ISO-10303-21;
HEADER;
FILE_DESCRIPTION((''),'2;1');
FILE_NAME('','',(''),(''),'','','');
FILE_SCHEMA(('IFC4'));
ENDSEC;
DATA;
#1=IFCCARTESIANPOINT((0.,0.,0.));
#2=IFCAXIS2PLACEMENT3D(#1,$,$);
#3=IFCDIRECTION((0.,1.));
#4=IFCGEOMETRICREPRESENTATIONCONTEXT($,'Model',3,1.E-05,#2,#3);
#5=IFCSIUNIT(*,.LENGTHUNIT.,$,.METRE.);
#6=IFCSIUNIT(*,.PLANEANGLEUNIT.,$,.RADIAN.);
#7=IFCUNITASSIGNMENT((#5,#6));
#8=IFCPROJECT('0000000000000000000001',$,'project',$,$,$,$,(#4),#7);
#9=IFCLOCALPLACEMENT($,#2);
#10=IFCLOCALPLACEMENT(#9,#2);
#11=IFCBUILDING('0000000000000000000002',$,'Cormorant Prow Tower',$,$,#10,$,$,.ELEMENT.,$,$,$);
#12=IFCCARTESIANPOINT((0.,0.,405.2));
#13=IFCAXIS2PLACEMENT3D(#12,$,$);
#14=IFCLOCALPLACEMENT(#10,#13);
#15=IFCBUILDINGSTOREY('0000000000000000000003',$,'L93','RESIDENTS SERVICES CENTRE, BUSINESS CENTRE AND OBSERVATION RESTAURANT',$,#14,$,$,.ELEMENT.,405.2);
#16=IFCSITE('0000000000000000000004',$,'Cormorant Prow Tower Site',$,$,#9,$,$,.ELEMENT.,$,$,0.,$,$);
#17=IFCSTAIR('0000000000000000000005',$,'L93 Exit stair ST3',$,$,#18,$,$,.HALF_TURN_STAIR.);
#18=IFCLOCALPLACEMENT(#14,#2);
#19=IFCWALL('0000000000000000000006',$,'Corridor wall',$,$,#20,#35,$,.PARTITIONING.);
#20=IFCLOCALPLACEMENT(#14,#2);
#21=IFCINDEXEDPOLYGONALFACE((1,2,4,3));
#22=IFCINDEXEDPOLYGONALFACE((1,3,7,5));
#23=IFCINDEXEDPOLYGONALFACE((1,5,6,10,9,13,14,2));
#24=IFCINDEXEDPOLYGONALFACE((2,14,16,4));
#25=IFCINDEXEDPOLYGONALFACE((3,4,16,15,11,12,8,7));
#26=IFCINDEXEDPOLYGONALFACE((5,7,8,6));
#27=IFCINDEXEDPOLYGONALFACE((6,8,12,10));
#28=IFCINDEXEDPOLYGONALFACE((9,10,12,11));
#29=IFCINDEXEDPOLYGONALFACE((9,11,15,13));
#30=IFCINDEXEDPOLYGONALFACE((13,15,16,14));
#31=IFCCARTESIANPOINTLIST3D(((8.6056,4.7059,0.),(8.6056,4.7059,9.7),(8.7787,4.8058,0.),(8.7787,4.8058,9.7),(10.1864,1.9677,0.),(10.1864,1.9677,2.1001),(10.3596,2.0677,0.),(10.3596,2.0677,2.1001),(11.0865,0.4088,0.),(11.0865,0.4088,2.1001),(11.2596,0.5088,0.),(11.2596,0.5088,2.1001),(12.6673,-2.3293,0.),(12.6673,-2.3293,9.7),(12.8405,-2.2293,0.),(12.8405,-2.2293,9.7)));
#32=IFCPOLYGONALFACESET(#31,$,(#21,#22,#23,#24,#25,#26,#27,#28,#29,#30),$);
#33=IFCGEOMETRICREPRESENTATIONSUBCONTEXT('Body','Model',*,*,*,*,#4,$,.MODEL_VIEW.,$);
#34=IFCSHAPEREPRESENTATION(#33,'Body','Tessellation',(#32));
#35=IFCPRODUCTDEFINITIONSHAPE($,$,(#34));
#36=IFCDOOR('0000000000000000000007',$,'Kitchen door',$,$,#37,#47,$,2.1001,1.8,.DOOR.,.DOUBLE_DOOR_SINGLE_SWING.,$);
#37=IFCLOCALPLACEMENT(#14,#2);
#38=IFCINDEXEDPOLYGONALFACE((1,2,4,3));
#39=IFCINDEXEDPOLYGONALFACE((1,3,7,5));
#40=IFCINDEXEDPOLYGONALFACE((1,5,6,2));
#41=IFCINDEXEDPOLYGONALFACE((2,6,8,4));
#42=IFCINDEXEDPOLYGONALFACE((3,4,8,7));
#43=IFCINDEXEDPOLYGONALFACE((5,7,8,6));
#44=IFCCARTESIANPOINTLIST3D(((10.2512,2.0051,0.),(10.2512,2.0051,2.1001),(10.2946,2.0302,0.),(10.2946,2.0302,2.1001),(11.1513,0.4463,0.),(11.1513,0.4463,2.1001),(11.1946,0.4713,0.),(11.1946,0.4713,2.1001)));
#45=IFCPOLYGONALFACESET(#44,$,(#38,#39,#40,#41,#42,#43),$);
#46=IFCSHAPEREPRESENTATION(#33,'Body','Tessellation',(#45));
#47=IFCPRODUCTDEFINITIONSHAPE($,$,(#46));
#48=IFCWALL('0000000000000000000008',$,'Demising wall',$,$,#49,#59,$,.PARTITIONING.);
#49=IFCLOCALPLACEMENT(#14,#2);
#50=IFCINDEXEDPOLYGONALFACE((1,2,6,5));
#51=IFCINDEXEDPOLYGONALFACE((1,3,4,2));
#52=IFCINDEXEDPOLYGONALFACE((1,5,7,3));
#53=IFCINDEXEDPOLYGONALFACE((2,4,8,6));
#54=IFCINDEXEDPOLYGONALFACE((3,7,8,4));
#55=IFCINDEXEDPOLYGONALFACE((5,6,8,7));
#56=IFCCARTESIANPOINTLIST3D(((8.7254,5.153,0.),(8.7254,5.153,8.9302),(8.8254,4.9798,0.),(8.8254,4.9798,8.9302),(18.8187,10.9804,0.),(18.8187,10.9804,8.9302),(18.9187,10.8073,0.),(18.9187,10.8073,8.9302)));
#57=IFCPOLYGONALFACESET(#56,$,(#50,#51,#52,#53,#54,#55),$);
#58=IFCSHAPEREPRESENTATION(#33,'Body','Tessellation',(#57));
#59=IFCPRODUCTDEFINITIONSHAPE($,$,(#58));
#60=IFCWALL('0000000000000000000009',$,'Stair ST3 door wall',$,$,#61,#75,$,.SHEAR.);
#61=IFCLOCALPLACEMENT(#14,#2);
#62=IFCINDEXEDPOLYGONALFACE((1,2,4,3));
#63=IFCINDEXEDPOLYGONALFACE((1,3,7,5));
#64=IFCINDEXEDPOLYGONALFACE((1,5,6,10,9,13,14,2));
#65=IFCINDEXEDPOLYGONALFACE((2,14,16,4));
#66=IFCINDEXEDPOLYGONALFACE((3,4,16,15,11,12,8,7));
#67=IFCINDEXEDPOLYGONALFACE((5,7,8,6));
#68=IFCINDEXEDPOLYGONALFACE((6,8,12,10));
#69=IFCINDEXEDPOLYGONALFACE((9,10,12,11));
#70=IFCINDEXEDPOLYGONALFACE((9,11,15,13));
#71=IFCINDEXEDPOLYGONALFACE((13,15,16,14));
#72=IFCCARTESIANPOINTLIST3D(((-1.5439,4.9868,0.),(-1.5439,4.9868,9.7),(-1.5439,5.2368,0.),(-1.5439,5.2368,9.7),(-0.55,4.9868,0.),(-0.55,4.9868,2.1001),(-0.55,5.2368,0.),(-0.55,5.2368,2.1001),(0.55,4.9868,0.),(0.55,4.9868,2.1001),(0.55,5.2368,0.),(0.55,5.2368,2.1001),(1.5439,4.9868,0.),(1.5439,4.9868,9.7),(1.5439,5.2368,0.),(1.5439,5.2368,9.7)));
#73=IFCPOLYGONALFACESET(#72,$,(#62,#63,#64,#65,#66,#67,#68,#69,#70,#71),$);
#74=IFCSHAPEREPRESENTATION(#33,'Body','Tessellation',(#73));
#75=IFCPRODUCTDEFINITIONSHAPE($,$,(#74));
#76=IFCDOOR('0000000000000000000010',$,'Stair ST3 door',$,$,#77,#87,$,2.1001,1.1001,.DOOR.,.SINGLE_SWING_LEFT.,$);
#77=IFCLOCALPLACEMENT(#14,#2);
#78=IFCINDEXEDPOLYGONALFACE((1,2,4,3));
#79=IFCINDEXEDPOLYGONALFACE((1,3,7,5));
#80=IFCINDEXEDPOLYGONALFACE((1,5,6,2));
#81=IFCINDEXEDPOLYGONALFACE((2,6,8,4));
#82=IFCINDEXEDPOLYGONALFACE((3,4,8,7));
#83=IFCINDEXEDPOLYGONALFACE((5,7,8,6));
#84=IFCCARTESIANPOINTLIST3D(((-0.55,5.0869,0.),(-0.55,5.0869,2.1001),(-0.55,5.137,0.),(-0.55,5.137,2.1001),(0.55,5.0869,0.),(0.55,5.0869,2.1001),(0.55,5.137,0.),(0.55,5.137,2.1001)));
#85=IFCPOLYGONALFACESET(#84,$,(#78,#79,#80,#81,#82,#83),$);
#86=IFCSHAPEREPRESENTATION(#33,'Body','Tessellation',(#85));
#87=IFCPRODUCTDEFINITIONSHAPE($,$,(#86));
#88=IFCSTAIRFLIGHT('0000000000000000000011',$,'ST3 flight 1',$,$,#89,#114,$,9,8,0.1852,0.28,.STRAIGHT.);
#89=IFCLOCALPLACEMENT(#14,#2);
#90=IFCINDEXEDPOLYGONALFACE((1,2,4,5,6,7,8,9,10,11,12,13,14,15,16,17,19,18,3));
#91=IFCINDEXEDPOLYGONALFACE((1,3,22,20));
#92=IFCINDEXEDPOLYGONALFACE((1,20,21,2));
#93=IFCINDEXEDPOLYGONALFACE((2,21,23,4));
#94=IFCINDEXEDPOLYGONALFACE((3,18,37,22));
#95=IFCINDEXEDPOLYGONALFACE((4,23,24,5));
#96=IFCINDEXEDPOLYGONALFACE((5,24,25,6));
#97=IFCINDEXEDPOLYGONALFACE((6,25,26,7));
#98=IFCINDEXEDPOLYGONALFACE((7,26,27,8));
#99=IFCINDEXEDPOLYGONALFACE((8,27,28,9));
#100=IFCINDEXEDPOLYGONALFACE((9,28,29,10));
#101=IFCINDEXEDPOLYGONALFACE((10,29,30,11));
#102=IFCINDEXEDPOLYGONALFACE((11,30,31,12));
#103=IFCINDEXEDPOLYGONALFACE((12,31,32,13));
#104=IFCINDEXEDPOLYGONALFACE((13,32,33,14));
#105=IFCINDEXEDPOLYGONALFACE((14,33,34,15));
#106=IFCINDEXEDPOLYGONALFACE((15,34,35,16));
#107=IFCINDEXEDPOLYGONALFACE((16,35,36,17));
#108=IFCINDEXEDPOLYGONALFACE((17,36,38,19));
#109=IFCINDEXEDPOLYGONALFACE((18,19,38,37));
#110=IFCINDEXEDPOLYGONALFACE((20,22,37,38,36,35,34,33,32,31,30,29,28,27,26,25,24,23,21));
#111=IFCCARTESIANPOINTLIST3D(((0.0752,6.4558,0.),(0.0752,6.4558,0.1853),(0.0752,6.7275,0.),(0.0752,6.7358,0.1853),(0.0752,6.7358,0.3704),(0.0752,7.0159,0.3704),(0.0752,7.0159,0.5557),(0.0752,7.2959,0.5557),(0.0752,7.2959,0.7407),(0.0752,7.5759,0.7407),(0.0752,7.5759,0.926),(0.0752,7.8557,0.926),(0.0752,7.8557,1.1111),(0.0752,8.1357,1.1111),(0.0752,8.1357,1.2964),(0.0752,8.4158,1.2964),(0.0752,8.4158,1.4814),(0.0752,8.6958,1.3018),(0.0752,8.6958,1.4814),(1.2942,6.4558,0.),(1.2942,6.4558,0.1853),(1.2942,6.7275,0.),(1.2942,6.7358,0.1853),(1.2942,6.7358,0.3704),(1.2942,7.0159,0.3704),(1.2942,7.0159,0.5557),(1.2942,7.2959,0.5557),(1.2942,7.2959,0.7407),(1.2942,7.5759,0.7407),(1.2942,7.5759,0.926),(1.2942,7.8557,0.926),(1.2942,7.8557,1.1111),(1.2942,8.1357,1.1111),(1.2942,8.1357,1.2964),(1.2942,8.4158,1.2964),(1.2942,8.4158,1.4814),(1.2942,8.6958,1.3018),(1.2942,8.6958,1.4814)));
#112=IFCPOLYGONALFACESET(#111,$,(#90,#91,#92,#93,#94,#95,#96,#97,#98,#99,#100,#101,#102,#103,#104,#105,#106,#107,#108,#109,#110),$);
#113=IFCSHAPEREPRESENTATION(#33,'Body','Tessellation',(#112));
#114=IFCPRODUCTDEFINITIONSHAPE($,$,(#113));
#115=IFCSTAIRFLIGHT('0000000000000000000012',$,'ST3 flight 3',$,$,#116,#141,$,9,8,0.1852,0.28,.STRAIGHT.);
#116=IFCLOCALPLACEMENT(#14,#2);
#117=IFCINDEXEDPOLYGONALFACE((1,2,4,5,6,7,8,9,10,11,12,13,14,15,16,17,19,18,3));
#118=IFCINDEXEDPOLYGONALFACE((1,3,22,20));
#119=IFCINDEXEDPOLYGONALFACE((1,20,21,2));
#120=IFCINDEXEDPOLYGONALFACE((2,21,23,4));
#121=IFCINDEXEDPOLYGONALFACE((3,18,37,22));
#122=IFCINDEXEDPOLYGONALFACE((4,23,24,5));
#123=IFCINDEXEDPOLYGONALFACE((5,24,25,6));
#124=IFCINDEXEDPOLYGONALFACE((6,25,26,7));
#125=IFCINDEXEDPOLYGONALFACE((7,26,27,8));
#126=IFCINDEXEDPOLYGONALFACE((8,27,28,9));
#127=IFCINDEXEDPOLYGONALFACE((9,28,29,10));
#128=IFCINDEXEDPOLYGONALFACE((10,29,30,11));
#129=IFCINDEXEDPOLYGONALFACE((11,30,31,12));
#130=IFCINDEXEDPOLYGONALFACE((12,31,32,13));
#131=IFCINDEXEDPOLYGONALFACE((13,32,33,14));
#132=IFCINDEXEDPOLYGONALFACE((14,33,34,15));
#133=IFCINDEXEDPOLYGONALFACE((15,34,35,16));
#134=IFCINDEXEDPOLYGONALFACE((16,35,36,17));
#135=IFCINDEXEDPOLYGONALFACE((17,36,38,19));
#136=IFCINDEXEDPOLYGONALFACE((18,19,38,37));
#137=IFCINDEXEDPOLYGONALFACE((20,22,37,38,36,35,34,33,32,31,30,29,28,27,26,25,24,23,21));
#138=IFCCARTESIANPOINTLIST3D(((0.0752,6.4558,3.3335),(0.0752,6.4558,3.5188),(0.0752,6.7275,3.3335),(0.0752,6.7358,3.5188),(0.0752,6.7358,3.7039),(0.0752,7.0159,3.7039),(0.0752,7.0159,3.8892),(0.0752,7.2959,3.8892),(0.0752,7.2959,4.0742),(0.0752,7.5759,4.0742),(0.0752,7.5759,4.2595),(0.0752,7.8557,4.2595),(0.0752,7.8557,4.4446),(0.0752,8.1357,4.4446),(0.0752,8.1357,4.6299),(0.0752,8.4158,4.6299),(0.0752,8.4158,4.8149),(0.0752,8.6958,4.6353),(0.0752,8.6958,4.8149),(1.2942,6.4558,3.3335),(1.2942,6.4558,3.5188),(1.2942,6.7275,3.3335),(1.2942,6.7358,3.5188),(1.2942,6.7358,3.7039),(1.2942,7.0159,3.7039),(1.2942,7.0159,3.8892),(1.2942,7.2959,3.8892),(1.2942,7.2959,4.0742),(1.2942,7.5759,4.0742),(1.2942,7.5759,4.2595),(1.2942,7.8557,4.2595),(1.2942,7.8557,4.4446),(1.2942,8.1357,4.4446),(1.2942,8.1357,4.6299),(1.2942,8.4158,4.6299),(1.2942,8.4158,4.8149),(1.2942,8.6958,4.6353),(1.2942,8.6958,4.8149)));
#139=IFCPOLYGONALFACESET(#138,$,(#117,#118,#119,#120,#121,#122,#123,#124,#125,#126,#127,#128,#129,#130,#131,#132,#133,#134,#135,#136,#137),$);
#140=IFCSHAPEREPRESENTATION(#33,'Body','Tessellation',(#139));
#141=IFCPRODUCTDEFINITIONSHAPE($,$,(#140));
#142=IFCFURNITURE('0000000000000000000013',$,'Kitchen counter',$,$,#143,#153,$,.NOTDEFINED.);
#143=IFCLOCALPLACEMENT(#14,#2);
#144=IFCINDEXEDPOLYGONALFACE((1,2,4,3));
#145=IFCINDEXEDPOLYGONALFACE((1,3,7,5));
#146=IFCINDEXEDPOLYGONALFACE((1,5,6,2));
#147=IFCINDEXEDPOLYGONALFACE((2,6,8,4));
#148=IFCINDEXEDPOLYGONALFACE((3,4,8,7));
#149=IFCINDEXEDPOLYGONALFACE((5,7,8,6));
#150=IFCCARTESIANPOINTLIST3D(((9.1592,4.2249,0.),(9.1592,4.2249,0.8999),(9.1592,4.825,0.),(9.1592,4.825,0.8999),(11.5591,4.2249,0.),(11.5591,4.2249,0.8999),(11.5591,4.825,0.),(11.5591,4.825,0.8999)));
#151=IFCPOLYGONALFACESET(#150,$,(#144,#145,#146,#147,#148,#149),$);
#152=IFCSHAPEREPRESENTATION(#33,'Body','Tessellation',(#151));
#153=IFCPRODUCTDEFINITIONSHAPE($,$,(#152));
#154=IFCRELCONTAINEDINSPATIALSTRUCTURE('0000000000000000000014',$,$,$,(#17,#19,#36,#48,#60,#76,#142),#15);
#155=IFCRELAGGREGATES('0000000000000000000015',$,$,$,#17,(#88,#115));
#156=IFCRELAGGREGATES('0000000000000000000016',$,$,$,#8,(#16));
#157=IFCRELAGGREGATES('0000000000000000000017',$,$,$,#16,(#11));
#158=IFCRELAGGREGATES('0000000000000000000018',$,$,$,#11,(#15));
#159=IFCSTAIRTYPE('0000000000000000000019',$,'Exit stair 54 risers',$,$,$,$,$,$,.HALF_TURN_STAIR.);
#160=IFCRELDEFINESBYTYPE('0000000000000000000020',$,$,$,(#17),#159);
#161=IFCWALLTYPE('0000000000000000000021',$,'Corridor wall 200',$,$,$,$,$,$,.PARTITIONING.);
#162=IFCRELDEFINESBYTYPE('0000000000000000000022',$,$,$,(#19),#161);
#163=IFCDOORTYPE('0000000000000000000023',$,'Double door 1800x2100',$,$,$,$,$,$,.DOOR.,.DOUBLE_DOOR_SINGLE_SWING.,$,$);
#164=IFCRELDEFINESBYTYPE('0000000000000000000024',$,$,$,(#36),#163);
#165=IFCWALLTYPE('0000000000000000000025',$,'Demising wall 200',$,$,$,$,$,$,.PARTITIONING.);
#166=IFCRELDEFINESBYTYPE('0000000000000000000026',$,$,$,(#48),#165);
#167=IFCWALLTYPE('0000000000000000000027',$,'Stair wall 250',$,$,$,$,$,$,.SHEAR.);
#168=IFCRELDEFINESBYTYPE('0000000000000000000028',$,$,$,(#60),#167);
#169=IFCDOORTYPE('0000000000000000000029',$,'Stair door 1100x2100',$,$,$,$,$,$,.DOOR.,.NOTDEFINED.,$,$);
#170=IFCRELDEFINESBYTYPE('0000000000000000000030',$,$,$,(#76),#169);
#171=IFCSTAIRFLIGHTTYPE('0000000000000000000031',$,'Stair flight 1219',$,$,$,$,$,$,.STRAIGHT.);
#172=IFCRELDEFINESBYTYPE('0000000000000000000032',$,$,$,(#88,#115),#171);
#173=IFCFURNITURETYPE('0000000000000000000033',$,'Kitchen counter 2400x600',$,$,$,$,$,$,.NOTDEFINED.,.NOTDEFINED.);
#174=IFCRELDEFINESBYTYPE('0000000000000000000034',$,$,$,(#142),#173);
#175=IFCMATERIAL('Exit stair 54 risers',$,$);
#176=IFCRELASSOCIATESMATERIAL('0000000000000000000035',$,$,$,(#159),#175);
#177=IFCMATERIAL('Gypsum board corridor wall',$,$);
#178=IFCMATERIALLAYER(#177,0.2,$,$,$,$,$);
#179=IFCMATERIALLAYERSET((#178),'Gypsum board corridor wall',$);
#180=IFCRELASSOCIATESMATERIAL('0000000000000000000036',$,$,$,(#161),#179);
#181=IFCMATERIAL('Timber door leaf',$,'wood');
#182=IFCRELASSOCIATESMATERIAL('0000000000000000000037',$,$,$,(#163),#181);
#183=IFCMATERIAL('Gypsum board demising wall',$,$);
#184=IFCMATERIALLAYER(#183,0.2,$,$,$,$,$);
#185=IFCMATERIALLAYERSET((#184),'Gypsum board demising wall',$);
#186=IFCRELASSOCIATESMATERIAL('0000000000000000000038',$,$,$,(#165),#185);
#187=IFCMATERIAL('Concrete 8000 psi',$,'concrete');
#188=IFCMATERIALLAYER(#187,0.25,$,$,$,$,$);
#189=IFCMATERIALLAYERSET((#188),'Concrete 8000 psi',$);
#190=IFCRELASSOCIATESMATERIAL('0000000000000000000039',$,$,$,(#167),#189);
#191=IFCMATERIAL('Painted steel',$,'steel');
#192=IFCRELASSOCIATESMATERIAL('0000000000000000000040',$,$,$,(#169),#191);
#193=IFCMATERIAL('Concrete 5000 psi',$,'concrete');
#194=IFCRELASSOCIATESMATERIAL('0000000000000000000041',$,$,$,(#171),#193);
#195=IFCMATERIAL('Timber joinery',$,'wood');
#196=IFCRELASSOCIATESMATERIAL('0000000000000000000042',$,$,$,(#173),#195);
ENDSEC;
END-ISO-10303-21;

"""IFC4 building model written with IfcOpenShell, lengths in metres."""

from ifc_helpers import new_model, si_unit, direction, frame, frame_2d, origin, origin_2d, place, context, subcontext, project, spatial, polyline, rectangle, outline, extrude, material, layer, layer_set, type_object, element, fill, aggregate, save


model = new_model("IFC4")

# Units and contexts
model_context = context("Model", 3, precision=1e-05, world=origin(), true_north=direction((0.0, 1.0)))
body_context = subcontext(model_context, "Body", "Model", "MODEL_VIEW")
ifc_project = project(units=[si_unit("LENGTHUNIT", "METRE"), si_unit("PLANEANGLEUNIT", "RADIAN")], contexts=[model_context])

# Site, building, storey
site_placement = place(None, origin())
site = spatial("IfcSite", under=ifc_project, at=site_placement, Name="Cormorant Prow Tower Site", CompositionType="ELEMENT", RefElevation=0.0)
building_placement = place(site_placement, origin())
building = spatial("IfcBuilding", under=site, at=building_placement, Name="Cormorant Prow Tower", CompositionType="ELEMENT")
storey_placement = place(building_placement, frame((0.0, 0.0, 405.2)))
storey = spatial("IfcBuildingStorey", under=building, at=storey_placement, Name="L93", Description="RESIDENTS SERVICES CENTRE, BUSINESS CENTRE AND OBSERVATION RESTAURANT", CompositionType="ELEMENT", Elevation=405.2)

# Stair
ifc_material_1 = material(Name="Exit stair 54 risers")
stair_type = type_object("IfcStairType", Name="Exit stair 54 risers", PredefinedType="HALF_TURN_STAIR", material=ifc_material_1)
stair_1_placement = place(storey_placement, origin())
stair_1 = element("IfcStair", 1, at=stair_1_placement, inside=storey, type_object=stair_type, Name="L93 Exit stair ST3", PredefinedType="HALF_TURN_STAIR")

# Wall, opening, door
ifc_material_2 = material(Name="Gypsum board corridor wall")
ifc_layer_1 = layer(ifc_material_2, 0.2)
ifc_layer_set_1 = layer_set([ifc_layer_1], Name="Gypsum board corridor wall")
wall_type_1 = type_object("IfcWallType", Name="Corridor wall 200", PredefinedType="PARTITIONING", material=ifc_layer_set_1)
wall_1_placement = place(storey_placement, frame((8.6921, 4.7559, 0.0), z_axis=(0.0, 0.0, 1.0), x_axis=(0.500002, -0.866024, 0.0)))
wall_1 = element("IfcWall", 2, at=wall_1_placement, inside=storey, type_object=wall_type_1, Name="Corridor wall", PredefinedType="PARTITIONING", context=body_context, shape_type="SweptSolid", body=[
    extrude(rectangle(XDim=8.1235, YDim=0.2, at=frame_2d((4.0618, 0.0))), origin(), (0.0, 0.0, 1.0), 9.7),
])
opening_1_placement = place(wall_1_placement, frame((3.1619, 0.0, 0.0)))
opening_1 = element("IfcOpeningElement", 3, at=opening_1_placement, cuts=wall_1, PredefinedType="OPENING", context=body_context, shape_type="SweptSolid", body=[
    extrude(rectangle(XDim=1.8, YDim=2.1001, at=frame_2d((0.8999, 1.05))), frame((0.0, 0.1099, 0.0), z_axis=(0.0, -1.0, 0.0), x_axis=(1.0, 0.0, 0.0)), (0.0, 0.0, 1.0), 0.22),
])
ifc_material_3 = material(Name="Timber door leaf", Category="wood")
door_type_1 = type_object("IfcDoorType", Name="Double door 1800x2100", OperationType="DOUBLE_DOOR_SINGLE_SWING", PredefinedType="DOOR", material=ifc_material_3)
door_1_placement = place(opening_1_placement, origin())
door_1 = element("IfcDoor", 4, at=door_1_placement, inside=storey, type_object=door_type_1, Name="Kitchen door", OperationType="DOUBLE_DOOR_SINGLE_SWING", OverallHeight=2.1001, OverallWidth=1.8, PredefinedType="DOOR", context=body_context, shape_type="SweptSolid", body=[
    extrude(rectangle(XDim=1.8, YDim=2.1001, at=frame_2d((0.8999, 1.05))), frame((0.0, 0.0249, 0.0), z_axis=(0.0, -1.0, 0.0), x_axis=(1.0, 0.0, 0.0)), (0.0, 0.0, 1.0), 0.05),
])
fill(opening_1, door_1)

# Wall
ifc_material_4 = material(Name="Gypsum board demising wall")
ifc_layer_2 = layer(ifc_material_4, 0.2)
ifc_layer_set_2 = layer_set([ifc_layer_2], Name="Gypsum board demising wall")
wall_type_2 = type_object("IfcWallType", Name="Demising wall 200", PredefinedType="PARTITIONING", material=ifc_layer_set_2)
wall_2_placement = place(storey_placement, frame((8.7754, 5.0664, 0.0), z_axis=(0.0, 0.0, 1.0), x_axis=(0.866024, 0.500003, 0.0)))
element("IfcWall", 5, at=wall_2_placement, inside=storey, type_object=wall_type_2, Name="Demising wall", PredefinedType="PARTITIONING", context=body_context, shape_type="SweptSolid", body=[
    extrude(rectangle(XDim=11.6548, YDim=0.2, at=frame_2d((5.8274, 0.0))), origin(), (0.0, 0.0, 1.0), 8.9302),
])

# Wall, opening, door
ifc_material_5 = material(Name="Concrete 8000 psi", Category="concrete")
ifc_layer_3 = layer(ifc_material_5, 0.25)
ifc_layer_set_3 = layer_set([ifc_layer_3], Name="Concrete 8000 psi")
wall_type_3 = type_object("IfcWallType", Name="Stair wall 250", PredefinedType="SHEAR", material=ifc_layer_set_3)
wall_3_placement = place(storey_placement, frame((1.5439, 5.1118, 0.0), z_axis=(0.0, 0.0, 1.0), x_axis=(-1.0, 0.0, 0.0)))
wall_3 = element("IfcWall", 6, at=wall_3_placement, inside=storey, type_object=wall_type_3, Name="Stair ST3 door wall", PredefinedType="SHEAR", context=body_context, shape_type="SweptSolid", body=[
    extrude(rectangle(XDim=3.0879, YDim=0.25, at=frame_2d((1.5439, 0.0))), origin(), (0.0, 0.0, 1.0), 9.7),
])
opening_2_placement = place(wall_3_placement, frame((0.9939, 0.0, 0.0)))
opening_2 = element("IfcOpeningElement", 7, at=opening_2_placement, cuts=wall_3, PredefinedType="OPENING", context=body_context, shape_type="SweptSolid", body=[
    extrude(rectangle(XDim=1.1001, YDim=2.1001, at=frame_2d((0.55, 1.05))), frame((0.0, 0.135, 0.0), z_axis=(0.0, -1.0, 0.0), x_axis=(1.0, 0.0, 0.0)), (0.0, 0.0, 1.0), 0.27),
])
ifc_material_6 = material(Name="Painted steel", Category="steel")
door_type_2 = type_object("IfcDoorType", Name="Stair door 1100x2100", OperationType="NOTDEFINED", PredefinedType="DOOR", material=ifc_material_6)
door_2_placement = place(opening_2_placement, origin())
door_2 = element("IfcDoor", 8, at=door_2_placement, inside=storey, type_object=door_type_2, Name="Stair ST3 door", OperationType="SINGLE_SWING_LEFT", OverallHeight=2.1001, OverallWidth=1.1001, PredefinedType="DOOR", context=body_context, shape_type="SweptSolid", body=[
    extrude(rectangle(XDim=1.1001, YDim=2.1001, at=frame_2d((0.55, 1.05))), frame((0.0, 0.0249, 0.0), z_axis=(0.0, -1.0, 0.0), x_axis=(1.0, 0.0, 0.0)), (0.0, 0.0, 1.0), 0.05),
])
fill(opening_2, door_2)

# Stair flights
ifc_material_7 = material(Name="Concrete 5000 psi", Category="concrete")
stair_flight_type = type_object("IfcStairFlightType", Name="Stair flight 1219", PredefinedType="STRAIGHT", material=ifc_material_7)
stair_flight_1_placement = place(storey_placement, frame((0.6846, 6.4558, 0.0), z_axis=(0.0, 0.0, 1.0), x_axis=(0.0, 1.0, 0.0)))
stair_flight_1 = element("IfcStairFlight", 9, at=stair_flight_1_placement, type_object=stair_flight_type, Name="ST3 flight 1", NumberOfRisers=9, NumberOfTreads=8, PredefinedType="STRAIGHT", RiserHeight=0.1852, TreadLength=0.28, context=body_context, shape_type="SweptSolid", body=[
    extrude(outline(polyline([(0.0, 0.0), (0.0, 0.1853), (0.28, 0.1853), (0.28, 0.3704), (0.5601, 0.3704), (0.5601, 0.5557), (0.8401, 0.5557), (0.8401, 0.7407), (1.1201, 0.7407), (1.1201, 0.926), (1.3999, 0.926), (1.3999, 1.1111), (1.6799, 1.1111), (1.6799, 1.2964), (1.96, 1.2964), (1.96, 1.4814), (2.24, 1.4814), (2.24, 1.6667), (2.24, 1.3018), (0.2717, 0.0), (0.0, 0.0)])), frame((0.0, 0.6094, 0.0), z_axis=(0.0, -1.0, 0.0), x_axis=(1.0, 0.0, 0.0)), (0.0, 0.0, 1.0), 1.219),
])
stair_flight_2_placement = place(storey_placement, frame((0.6846, 6.4558, 3.3335), z_axis=(0.0, 0.0, 1.0), x_axis=(0.0, 1.0, 0.0)))
stair_flight_2 = element("IfcStairFlight", 10, at=stair_flight_2_placement, type_object=stair_flight_type, Name="ST3 flight 3", NumberOfRisers=9, NumberOfTreads=8, PredefinedType="STRAIGHT", RiserHeight=0.1852, TreadLength=0.28, context=body_context, shape_type="SweptSolid", body=[
    extrude(outline(polyline([(0.0, 0.0), (0.0, 0.1853), (0.28, 0.1853), (0.28, 0.3704), (0.5601, 0.3704), (0.5601, 0.5557), (0.8401, 0.5557), (0.8401, 0.7407), (1.1201, 0.7407), (1.1201, 0.926), (1.3999, 0.926), (1.3999, 1.1111), (1.6799, 1.1111), (1.6799, 1.2964), (1.96, 1.2964), (1.96, 1.4814), (2.24, 1.4814), (2.24, 1.6667), (2.24, 1.3018), (0.2717, 0.0), (0.0, 0.0)])), frame((0.0, 0.6094, 0.0), z_axis=(0.0, -1.0, 0.0), x_axis=(1.0, 0.0, 0.0)), (0.0, 0.0, 1.0), 1.219),
])
aggregate(stair_1, [stair_flight_1, stair_flight_2])

# Furniture
ifc_material_8 = material(Name="Timber joinery", Category="wood")
furniture_type = type_object("IfcFurnitureType", Name="Kitchen counter 2400x600", AssemblyPlace="NOTDEFINED", PredefinedType="NOTDEFINED", material=ifc_material_8)
furniture_placement = place(storey_placement, frame((10.3591, 4.5249, 0.0), z_axis=(0.0, 0.0, 1.0), x_axis=(1.0, 0.0, 0.0)))
element("IfcFurniture", 11, at=furniture_placement, inside=storey, type_object=furniture_type, Name="Kitchen counter", PredefinedType="NOTDEFINED", context=body_context, shape_type="SweptSolid", body=[
    extrude(rectangle(XDim=2.3999, YDim=0.6001, at=origin_2d()), origin(), (0.0, 0.0, 1.0), 0.8999),
])

save(model, "model.ifc")
